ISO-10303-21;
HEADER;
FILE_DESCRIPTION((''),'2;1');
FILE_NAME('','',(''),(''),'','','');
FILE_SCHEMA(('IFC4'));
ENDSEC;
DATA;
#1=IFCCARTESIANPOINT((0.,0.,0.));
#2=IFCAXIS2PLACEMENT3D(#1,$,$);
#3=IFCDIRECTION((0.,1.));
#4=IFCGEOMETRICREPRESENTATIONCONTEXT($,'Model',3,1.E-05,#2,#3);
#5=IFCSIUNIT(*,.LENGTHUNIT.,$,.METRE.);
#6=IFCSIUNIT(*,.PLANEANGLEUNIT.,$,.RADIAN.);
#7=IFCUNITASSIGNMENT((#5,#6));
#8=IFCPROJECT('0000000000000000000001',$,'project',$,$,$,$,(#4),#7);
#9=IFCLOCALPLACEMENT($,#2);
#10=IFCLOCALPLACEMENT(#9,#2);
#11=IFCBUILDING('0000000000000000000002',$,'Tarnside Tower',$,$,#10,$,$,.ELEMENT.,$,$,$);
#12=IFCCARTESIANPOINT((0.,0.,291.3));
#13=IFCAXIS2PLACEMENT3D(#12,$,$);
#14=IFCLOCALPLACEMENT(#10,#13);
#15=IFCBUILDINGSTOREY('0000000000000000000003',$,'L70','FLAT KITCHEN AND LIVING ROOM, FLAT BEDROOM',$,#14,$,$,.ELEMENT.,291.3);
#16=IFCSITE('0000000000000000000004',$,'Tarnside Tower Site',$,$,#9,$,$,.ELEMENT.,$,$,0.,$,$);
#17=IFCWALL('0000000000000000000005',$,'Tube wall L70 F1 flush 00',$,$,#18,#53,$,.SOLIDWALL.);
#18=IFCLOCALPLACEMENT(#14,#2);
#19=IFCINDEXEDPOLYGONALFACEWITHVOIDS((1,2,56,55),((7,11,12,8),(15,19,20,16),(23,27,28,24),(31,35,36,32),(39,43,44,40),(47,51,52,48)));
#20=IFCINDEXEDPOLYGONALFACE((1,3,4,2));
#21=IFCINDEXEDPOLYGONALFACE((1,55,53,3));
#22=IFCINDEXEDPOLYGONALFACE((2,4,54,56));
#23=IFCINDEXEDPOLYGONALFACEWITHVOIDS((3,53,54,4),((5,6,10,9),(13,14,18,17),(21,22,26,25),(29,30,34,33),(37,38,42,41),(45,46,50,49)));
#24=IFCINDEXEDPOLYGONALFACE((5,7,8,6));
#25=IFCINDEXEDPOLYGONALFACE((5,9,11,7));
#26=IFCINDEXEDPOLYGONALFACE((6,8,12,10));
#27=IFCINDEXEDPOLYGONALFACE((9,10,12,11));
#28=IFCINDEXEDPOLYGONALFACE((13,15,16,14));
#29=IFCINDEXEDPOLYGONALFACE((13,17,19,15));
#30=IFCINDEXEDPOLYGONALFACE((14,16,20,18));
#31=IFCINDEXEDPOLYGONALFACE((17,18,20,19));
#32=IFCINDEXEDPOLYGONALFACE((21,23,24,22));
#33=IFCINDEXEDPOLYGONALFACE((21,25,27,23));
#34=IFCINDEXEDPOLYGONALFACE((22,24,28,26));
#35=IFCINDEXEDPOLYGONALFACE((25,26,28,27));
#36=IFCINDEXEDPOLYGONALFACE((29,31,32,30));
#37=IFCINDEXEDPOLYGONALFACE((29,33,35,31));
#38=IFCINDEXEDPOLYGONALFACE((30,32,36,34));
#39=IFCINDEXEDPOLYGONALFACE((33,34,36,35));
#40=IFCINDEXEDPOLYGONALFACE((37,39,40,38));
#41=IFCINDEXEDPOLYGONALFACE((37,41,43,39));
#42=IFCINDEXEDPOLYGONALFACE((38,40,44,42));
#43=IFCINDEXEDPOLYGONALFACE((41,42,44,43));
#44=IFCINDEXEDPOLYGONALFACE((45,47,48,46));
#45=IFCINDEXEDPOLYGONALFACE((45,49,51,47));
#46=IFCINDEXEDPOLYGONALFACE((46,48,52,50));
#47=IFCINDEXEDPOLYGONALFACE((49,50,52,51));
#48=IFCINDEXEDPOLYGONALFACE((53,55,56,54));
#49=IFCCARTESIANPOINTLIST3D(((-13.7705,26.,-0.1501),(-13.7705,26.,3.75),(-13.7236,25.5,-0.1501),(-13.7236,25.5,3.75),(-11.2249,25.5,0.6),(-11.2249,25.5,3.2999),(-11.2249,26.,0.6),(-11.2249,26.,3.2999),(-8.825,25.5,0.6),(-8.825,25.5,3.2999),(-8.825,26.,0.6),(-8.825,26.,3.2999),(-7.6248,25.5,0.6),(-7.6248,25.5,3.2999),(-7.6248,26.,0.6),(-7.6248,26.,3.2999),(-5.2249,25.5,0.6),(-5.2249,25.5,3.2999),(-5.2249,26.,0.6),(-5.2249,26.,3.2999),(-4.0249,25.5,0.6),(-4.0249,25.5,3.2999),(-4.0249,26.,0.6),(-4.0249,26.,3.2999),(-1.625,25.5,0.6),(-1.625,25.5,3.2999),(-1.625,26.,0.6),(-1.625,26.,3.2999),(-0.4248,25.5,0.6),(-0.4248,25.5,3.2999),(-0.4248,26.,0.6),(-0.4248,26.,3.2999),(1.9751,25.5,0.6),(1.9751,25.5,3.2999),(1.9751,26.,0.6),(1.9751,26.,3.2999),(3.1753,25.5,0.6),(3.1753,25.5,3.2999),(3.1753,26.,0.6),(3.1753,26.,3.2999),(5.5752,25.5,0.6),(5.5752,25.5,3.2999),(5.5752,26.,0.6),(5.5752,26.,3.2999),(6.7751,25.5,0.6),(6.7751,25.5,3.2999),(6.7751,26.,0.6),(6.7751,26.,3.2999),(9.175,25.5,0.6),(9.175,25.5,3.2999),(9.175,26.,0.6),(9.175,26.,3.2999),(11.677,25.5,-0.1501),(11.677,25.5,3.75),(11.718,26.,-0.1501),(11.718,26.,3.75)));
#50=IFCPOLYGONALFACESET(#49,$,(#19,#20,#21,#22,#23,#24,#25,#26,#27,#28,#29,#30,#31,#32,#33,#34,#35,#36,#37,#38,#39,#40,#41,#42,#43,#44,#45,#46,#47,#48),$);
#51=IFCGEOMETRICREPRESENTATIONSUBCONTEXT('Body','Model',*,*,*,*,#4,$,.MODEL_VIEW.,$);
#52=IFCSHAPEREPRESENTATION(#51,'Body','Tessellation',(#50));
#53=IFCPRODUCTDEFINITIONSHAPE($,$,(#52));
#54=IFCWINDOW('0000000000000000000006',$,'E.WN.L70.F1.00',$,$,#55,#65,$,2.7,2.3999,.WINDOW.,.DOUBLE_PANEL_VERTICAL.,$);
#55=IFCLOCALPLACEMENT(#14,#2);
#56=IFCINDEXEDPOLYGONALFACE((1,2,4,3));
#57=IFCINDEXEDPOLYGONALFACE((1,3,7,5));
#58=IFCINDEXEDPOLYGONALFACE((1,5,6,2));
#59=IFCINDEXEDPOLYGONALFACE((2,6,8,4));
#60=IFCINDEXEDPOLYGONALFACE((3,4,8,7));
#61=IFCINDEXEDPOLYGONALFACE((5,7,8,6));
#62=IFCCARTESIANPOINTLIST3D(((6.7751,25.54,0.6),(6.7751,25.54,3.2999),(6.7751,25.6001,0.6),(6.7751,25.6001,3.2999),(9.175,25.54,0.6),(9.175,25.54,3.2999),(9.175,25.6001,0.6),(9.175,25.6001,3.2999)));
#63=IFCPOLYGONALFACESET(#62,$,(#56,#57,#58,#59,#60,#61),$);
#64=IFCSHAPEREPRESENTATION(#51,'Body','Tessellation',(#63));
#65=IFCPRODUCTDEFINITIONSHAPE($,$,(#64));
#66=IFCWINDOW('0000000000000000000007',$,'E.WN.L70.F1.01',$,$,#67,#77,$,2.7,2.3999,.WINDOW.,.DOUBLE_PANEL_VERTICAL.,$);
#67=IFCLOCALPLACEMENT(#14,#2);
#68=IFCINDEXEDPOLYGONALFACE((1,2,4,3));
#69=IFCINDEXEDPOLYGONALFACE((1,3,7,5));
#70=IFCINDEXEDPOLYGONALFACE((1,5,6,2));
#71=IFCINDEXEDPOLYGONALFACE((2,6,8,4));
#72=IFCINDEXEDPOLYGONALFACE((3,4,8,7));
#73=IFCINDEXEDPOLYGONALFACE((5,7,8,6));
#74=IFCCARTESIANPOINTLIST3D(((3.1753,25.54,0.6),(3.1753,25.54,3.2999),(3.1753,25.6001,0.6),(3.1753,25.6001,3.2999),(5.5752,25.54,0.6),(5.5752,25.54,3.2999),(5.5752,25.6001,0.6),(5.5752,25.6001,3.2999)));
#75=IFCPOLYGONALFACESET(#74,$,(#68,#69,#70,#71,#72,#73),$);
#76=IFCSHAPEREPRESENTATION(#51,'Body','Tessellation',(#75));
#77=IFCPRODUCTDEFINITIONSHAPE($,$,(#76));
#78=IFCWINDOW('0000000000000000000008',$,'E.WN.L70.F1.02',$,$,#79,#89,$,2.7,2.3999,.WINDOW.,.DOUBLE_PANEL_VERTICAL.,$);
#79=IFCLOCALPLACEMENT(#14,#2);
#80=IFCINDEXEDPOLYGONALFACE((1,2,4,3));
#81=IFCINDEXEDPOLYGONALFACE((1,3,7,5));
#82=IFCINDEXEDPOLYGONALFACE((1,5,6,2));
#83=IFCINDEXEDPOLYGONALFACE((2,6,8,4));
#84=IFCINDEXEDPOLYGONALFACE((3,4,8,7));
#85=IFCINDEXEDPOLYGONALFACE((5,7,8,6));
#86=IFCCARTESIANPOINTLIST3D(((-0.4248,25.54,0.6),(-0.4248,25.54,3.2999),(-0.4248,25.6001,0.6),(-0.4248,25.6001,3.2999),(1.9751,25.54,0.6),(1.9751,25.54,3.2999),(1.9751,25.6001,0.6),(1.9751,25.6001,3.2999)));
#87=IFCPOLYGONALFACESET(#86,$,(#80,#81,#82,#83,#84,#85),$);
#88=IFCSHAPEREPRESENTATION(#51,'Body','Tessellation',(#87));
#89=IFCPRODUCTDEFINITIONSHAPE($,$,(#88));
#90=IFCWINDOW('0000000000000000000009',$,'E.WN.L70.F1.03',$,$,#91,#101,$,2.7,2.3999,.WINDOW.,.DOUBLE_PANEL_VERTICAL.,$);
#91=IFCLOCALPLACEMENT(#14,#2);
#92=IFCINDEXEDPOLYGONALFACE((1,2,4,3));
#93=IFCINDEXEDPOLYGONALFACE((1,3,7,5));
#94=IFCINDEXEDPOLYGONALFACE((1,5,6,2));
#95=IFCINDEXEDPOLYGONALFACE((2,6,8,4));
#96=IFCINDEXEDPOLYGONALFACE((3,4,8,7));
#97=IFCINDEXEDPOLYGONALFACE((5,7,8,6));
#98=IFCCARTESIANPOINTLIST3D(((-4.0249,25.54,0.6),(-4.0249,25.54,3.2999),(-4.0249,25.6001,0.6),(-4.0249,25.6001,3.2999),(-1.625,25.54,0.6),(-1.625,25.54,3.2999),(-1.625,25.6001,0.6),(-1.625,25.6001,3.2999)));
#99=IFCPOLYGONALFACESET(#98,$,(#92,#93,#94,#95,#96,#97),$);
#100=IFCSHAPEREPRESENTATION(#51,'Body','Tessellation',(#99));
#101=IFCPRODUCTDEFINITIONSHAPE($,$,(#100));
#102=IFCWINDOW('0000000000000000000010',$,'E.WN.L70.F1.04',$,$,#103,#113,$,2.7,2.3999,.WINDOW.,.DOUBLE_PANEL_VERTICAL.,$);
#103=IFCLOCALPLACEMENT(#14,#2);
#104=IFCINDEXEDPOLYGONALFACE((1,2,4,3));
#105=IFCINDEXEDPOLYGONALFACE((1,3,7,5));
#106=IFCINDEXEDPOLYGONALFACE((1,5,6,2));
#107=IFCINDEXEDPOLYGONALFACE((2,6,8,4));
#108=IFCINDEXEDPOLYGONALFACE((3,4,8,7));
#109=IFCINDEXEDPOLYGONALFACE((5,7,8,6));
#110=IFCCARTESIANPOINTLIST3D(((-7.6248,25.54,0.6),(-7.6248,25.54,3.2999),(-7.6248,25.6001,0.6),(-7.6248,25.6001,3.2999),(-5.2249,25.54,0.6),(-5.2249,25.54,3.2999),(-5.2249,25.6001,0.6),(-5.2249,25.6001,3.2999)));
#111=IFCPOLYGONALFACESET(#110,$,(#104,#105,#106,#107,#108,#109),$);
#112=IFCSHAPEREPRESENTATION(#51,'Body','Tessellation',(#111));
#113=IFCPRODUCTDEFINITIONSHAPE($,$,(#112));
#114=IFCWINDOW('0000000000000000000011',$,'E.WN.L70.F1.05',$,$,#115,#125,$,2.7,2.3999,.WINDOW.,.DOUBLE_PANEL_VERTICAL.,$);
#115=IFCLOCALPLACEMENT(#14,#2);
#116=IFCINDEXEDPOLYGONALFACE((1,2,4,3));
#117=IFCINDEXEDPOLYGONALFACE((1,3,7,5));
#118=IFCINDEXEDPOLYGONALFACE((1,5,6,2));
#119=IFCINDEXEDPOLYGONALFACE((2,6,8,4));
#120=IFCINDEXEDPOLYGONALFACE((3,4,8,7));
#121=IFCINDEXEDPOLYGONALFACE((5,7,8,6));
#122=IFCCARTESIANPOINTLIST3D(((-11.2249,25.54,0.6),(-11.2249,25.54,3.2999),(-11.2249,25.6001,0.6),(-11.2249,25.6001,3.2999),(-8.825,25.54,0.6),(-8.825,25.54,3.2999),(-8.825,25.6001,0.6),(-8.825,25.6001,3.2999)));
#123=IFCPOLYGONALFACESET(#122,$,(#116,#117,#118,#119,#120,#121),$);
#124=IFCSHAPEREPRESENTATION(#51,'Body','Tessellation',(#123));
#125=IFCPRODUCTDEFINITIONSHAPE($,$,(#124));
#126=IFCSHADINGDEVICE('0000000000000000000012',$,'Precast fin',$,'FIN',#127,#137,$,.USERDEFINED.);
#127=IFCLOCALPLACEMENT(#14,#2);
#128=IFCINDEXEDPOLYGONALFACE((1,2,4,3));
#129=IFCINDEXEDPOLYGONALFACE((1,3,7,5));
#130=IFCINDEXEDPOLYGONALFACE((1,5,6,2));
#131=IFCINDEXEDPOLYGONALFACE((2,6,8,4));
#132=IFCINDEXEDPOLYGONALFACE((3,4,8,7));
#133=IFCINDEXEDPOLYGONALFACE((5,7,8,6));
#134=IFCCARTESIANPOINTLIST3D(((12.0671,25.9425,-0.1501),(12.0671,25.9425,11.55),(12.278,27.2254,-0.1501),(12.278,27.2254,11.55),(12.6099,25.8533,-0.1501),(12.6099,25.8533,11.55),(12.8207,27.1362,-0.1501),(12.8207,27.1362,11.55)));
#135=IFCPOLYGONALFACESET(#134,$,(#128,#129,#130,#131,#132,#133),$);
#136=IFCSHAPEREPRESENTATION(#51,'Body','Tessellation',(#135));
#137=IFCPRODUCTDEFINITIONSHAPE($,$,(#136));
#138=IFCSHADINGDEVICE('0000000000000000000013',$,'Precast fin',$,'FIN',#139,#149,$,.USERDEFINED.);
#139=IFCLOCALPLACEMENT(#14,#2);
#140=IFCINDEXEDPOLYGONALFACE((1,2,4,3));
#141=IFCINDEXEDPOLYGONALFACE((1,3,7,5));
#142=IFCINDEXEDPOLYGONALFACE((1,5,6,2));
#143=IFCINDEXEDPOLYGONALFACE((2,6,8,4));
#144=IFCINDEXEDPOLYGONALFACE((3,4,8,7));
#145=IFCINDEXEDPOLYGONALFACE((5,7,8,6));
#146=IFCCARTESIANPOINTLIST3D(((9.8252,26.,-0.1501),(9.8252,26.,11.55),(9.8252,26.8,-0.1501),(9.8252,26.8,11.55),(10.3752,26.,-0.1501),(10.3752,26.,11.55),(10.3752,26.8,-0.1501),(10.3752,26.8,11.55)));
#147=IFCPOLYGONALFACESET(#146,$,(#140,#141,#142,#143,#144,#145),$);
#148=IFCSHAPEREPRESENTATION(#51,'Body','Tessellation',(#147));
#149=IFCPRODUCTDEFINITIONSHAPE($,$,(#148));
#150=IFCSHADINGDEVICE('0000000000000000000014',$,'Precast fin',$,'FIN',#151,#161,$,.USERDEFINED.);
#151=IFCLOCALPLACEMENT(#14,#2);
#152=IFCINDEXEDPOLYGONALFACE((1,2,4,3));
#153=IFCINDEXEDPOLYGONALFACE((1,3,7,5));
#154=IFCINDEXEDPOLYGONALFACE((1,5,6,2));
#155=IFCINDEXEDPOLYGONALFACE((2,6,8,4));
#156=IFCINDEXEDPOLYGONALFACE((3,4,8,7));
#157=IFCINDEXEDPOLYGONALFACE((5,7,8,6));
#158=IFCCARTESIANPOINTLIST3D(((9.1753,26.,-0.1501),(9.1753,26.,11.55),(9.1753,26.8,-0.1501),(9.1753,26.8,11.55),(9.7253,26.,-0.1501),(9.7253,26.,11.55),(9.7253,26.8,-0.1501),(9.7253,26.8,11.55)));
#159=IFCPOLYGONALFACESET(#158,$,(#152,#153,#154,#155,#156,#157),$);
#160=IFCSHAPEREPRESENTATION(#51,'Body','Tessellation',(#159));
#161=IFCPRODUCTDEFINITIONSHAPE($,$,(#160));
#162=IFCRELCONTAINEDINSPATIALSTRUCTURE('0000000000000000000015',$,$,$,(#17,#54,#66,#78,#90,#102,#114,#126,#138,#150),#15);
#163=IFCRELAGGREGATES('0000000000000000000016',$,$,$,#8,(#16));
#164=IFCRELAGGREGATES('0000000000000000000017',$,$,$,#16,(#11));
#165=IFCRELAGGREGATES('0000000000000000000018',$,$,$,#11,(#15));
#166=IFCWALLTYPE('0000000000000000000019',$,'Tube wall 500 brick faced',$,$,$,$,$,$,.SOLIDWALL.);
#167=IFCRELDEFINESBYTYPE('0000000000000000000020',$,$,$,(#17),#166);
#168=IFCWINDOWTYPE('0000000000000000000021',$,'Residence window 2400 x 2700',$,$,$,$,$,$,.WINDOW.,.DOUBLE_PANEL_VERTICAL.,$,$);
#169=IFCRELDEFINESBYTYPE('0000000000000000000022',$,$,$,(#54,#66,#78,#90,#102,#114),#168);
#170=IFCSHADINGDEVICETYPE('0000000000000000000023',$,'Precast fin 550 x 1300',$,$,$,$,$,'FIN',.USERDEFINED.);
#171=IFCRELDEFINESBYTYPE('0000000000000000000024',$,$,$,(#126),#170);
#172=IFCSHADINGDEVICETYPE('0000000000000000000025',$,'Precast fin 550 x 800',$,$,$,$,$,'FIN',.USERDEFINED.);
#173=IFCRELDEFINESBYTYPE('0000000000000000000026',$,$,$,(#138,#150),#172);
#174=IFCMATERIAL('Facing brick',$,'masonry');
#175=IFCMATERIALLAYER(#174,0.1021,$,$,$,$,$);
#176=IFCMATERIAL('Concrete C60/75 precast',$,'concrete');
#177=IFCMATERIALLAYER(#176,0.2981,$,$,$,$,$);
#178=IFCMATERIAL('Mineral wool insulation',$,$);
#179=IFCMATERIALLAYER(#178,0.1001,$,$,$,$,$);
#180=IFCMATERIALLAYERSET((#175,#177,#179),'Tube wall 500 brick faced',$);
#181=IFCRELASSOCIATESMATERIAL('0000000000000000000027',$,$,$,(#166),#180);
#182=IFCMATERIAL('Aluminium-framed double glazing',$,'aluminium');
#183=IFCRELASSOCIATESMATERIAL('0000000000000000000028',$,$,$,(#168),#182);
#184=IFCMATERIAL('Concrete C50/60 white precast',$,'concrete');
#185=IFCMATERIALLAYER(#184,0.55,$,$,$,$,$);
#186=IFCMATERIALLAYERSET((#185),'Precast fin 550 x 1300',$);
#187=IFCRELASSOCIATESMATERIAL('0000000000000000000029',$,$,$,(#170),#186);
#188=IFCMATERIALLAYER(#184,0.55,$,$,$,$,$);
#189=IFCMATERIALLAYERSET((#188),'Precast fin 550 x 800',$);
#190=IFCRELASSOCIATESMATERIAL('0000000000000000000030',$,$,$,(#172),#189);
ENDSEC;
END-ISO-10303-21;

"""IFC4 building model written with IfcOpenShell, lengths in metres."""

from ifc_helpers import new_model, si_unit, direction, frame, frame_2d, origin, place, context, subcontext, project, spatial, polyline, rectangle, outline, extrude, material, layer, layer_set, type_object, element, fill, save


model = new_model("IFC4")

# Units and contexts
model_context = context("Model", 3, precision=1e-05, world=origin(), true_north=direction((0.0, 1.0)))
body_context = subcontext(model_context, "Body", "Model", "MODEL_VIEW")
ifc_project = project(units=[si_unit("LENGTHUNIT", "METRE"), si_unit("PLANEANGLEUNIT", "RADIAN")], contexts=[model_context])

# Site, building, storey
site_placement = place(None, origin())
site = spatial("IfcSite", under=ifc_project, at=site_placement, Name="Tarnside Tower Site", CompositionType="ELEMENT", RefElevation=0.0)
building_placement = place(site_placement, origin())
building = spatial("IfcBuilding", under=site, at=building_placement, Name="Tarnside Tower", CompositionType="ELEMENT")
storey_placement = place(building_placement, frame((0.0, 0.0, 291.3)))
storey = spatial("IfcBuildingStorey", under=building, at=storey_placement, Name="L70", Description="FLAT KITCHEN AND LIVING ROOM, FLAT BEDROOM", CompositionType="ELEMENT", Elevation=291.3)

# Wall, openings, windows
ifc_material_1 = material(Name="Facing brick", Category="masonry")
ifc_layer_1 = layer(ifc_material_1, 0.1021)
ifc_material_2 = material(Name="Concrete C60/75 precast", Category="concrete")
ifc_layer_2 = layer(ifc_material_2, 0.2981)
ifc_material_3 = material(Name="Mineral wool insulation")
ifc_layer_3 = layer(ifc_material_3, 0.1001)
ifc_layer_set_1 = layer_set([ifc_layer_1, ifc_layer_2, ifc_layer_3], Name="Tube wall 500 brick faced")
wall_type_1 = type_object("IfcWallType", Name="Tube wall 500 brick faced", PredefinedType="SOLIDWALL", material=ifc_layer_set_1)
wall_1_placement = place(storey_placement, frame((11.6975, 25.75, -0.1501), z_axis=(0.0, 0.0, 1.0), x_axis=(-1.0, 0.0, 0.0)))
wall_1 = element("IfcWall", 1, at=wall_1_placement, inside=storey, type_object=wall_type_1, Name="Tube wall L70 F1 flush 00", PredefinedType="SOLIDWALL", context=body_context, shape_type="SweptSolid", body=[
    extrude(outline(polyline([(-0.0205, -0.25), (25.468, -0.25), (25.4211, 0.25), (0.0205, 0.25), (-0.0205, -0.25)])), origin(), (0.0, 0.0, 1.0), 3.9001),
])
opening_1_placement = place(wall_1_placement, frame((2.5225, 0.0, 0.75)))
opening_1 = element("IfcOpeningElement", 2, at=opening_1_placement, cuts=wall_1, PredefinedType="OPENING", context=body_context, shape_type="SweptSolid", body=[
    extrude(rectangle(XDim=2.3999, YDim=2.7, at=frame_2d((1.2, 1.3501))), frame((0.0, 0.26, 0.0), z_axis=(0.0, -1.0, 0.0), x_axis=(1.0, 0.0, 0.0)), (0.0, 0.0, 1.0), 0.52),
])
opening_2_placement = place(wall_1_placement, frame((6.1223, 0.0, 0.75)))
opening_2 = element("IfcOpeningElement", 3, at=opening_2_placement, cuts=wall_1, PredefinedType="OPENING", context=body_context, shape_type="SweptSolid", body=[
    extrude(rectangle(XDim=2.3999, YDim=2.7, at=frame_2d((1.2, 1.3501))), frame((0.0, 0.26, 0.0), z_axis=(0.0, -1.0, 0.0), x_axis=(1.0, 0.0, 0.0)), (0.0, 0.0, 1.0), 0.52),
])
opening_3_placement = place(wall_1_placement, frame((9.7224, 0.0, 0.75)))
opening_3 = element("IfcOpeningElement", 4, at=opening_3_placement, cuts=wall_1, PredefinedType="OPENING", context=body_context, shape_type="SweptSolid", body=[
    extrude(rectangle(XDim=2.3999, YDim=2.7, at=frame_2d((1.2, 1.3501))), frame((0.0, 0.26, 0.0), z_axis=(0.0, -1.0, 0.0), x_axis=(1.0, 0.0, 0.0)), (0.0, 0.0, 1.0), 0.52),
])
opening_4_placement = place(wall_1_placement, frame((13.3225, 0.0, 0.75)))
opening_4 = element("IfcOpeningElement", 5, at=opening_4_placement, cuts=wall_1, PredefinedType="OPENING", context=body_context, shape_type="SweptSolid", body=[
    extrude(rectangle(XDim=2.3999, YDim=2.7, at=frame_2d((1.2, 1.3501))), frame((0.0, 0.26, 0.0), z_axis=(0.0, -1.0, 0.0), x_axis=(1.0, 0.0, 0.0)), (0.0, 0.0, 1.0), 0.52),
])
opening_5_placement = place(wall_1_placement, frame((16.9224, 0.0, 0.75)))
opening_5 = element("IfcOpeningElement", 6, at=opening_5_placement, cuts=wall_1, PredefinedType="OPENING", context=body_context, shape_type="SweptSolid", body=[
    extrude(rectangle(XDim=2.3999, YDim=2.7, at=frame_2d((1.2, 1.3501))), frame((0.0, 0.26, 0.0), z_axis=(0.0, -1.0, 0.0), x_axis=(1.0, 0.0, 0.0)), (0.0, 0.0, 1.0), 0.52),
])
opening_6_placement = place(wall_1_placement, frame((20.5225, 0.0, 0.75)))
opening_6 = element("IfcOpeningElement", 7, at=opening_6_placement, cuts=wall_1, PredefinedType="OPENING", context=body_context, shape_type="SweptSolid", body=[
    extrude(rectangle(XDim=2.3999, YDim=2.7, at=frame_2d((1.2, 1.3501))), frame((0.0, 0.26, 0.0), z_axis=(0.0, -1.0, 0.0), x_axis=(1.0, 0.0, 0.0)), (0.0, 0.0, 1.0), 0.52),
])
ifc_material_4 = material(Name="Aluminium-framed double glazing", Category="aluminium")
window_type = type_object("IfcWindowType", Name="Residence window 2400 x 2700", PartitioningType="DOUBLE_PANEL_VERTICAL", PredefinedType="WINDOW", material=ifc_material_4)
window_1_placement = place(opening_1_placement, frame((0.0, 0.1799, 0.0)))
window_1 = element("IfcWindow", 8, at=window_1_placement, inside=storey, type_object=window_type, Name="E.WN.L70.F1.00", OverallHeight=2.7, OverallWidth=2.3999, PartitioningType="DOUBLE_PANEL_VERTICAL", PredefinedType="WINDOW", context=body_context, shape_type="SweptSolid", body=[
    extrude(rectangle(XDim=2.3999, YDim=2.7, at=frame_2d((1.2, 1.3501))), frame((0.0, 0.03, 0.0), z_axis=(0.0, -1.0, 0.0), x_axis=(1.0, 0.0, 0.0)), (0.0, 0.0, 1.0), 0.0601),
])
fill(opening_1, window_1)
window_2_placement = place(opening_2_placement, frame((0.0, 0.1799, 0.0)))
window_2 = element("IfcWindow", 9, at=window_2_placement, inside=storey, type_object=window_type, Name="E.WN.L70.F1.01", OverallHeight=2.7, OverallWidth=2.3999, PartitioningType="DOUBLE_PANEL_VERTICAL", PredefinedType="WINDOW", context=body_context, shape_type="SweptSolid", body=[
    extrude(rectangle(XDim=2.3999, YDim=2.7, at=frame_2d((1.2, 1.3501))), frame((0.0, 0.03, 0.0), z_axis=(0.0, -1.0, 0.0), x_axis=(1.0, 0.0, 0.0)), (0.0, 0.0, 1.0), 0.0601),
])
fill(opening_2, window_2)
window_3_placement = place(opening_3_placement, frame((0.0, 0.1799, 0.0)))
window_3 = element("IfcWindow", 10, at=window_3_placement, inside=storey, type_object=window_type, Name="E.WN.L70.F1.02", OverallHeight=2.7, OverallWidth=2.3999, PartitioningType="DOUBLE_PANEL_VERTICAL", PredefinedType="WINDOW", context=body_context, shape_type="SweptSolid", body=[
    extrude(rectangle(XDim=2.3999, YDim=2.7, at=frame_2d((1.2, 1.3501))), frame((0.0, 0.03, 0.0), z_axis=(0.0, -1.0, 0.0), x_axis=(1.0, 0.0, 0.0)), (0.0, 0.0, 1.0), 0.0601),
])
fill(opening_3, window_3)
window_4_placement = place(opening_4_placement, frame((0.0, 0.1799, 0.0)))
window_4 = element("IfcWindow", 11, at=window_4_placement, inside=storey, type_object=window_type, Name="E.WN.L70.F1.03", OverallHeight=2.7, OverallWidth=2.3999, PartitioningType="DOUBLE_PANEL_VERTICAL", PredefinedType="WINDOW", context=body_context, shape_type="SweptSolid", body=[
    extrude(rectangle(XDim=2.3999, YDim=2.7, at=frame_2d((1.2, 1.3501))), frame((0.0, 0.03, 0.0), z_axis=(0.0, -1.0, 0.0), x_axis=(1.0, 0.0, 0.0)), (0.0, 0.0, 1.0), 0.0601),
])
fill(opening_4, window_4)
window_5_placement = place(opening_5_placement, frame((0.0, 0.1799, 0.0)))
window_5 = element("IfcWindow", 12, at=window_5_placement, inside=storey, type_object=window_type, Name="E.WN.L70.F1.04", OverallHeight=2.7, OverallWidth=2.3999, PartitioningType="DOUBLE_PANEL_VERTICAL", PredefinedType="WINDOW", context=body_context, shape_type="SweptSolid", body=[
    extrude(rectangle(XDim=2.3999, YDim=2.7, at=frame_2d((1.2, 1.3501))), frame((0.0, 0.03, 0.0), z_axis=(0.0, -1.0, 0.0), x_axis=(1.0, 0.0, 0.0)), (0.0, 0.0, 1.0), 0.0601),
])
fill(opening_5, window_5)
window_6_placement = place(opening_6_placement, frame((0.0, 0.1799, 0.0)))
window_6 = element("IfcWindow", 13, at=window_6_placement, inside=storey, type_object=window_type, Name="E.WN.L70.F1.05", OverallHeight=2.7, OverallWidth=2.3999, PartitioningType="DOUBLE_PANEL_VERTICAL", PredefinedType="WINDOW", context=body_context, shape_type="SweptSolid", body=[
    extrude(rectangle(XDim=2.3999, YDim=2.7, at=frame_2d((1.2, 1.3501))), frame((0.0, 0.03, 0.0), z_axis=(0.0, -1.0, 0.0), x_axis=(1.0, 0.0, 0.0)), (0.0, 0.0, 1.0), 0.0601),
])
fill(opening_6, window_6)

# Shading devices
ifc_material_5 = material(Name="Concrete C50/60 white precast", Category="concrete")
ifc_layer_4 = layer(ifc_material_5, 0.55)
ifc_layer_set_2 = layer_set([ifc_layer_4], Name="Precast fin 550 x 1300")
shading_device_type_1 = type_object("IfcShadingDeviceType", Name="Precast fin 550 x 1300", ElementType="FIN", PredefinedType="USERDEFINED", material=ifc_layer_set_2)
shading_device_placement = place(storey_placement, frame((12.3384, 25.8979, -0.1501), z_axis=(0.986762, -0.162178, 0.0), x_axis=(0.162178, 0.986762, 0.0)))
element("IfcShadingDevice", 14, at=shading_device_placement, inside=storey, type_object=shading_device_type_1, Name="Precast fin", ObjectType="FIN", PredefinedType="USERDEFINED", context=body_context, shape_type="SweptSolid", body=[
    extrude(outline(polyline([(0.0, 0.0), (1.3, 0.0), (1.3, 11.7002), (0.0, 11.7002), (0.0, 0.0)])), frame((0.0, 0.0, -0.2749)), (0.0, 0.0, 1.0), 0.55),
])
ifc_layer_5 = layer(ifc_material_5, 0.55)
ifc_layer_set_3 = layer_set([ifc_layer_5], Name="Precast fin 550 x 800")
shading_device_type_2 = type_object("IfcShadingDeviceType", Name="Precast fin 550 x 800", ElementType="FIN", PredefinedType="USERDEFINED", material=ifc_layer_set_3)
for number, where, z_axis, x_axis, name in (
    (15, (10.1001, 26.0, -0.1501), (1.0, 0.0, 0.0), (0.0, 1.0, 0.0), "Precast fin"),
    (16, (9.4502, 26.0, -0.1501), (1.0, 0.0, 0.0), (0.0, 1.0, 0.0), "Precast fin"),
):
    element("IfcShadingDevice", number, at=place(storey_placement, frame(where, z_axis=z_axis, x_axis=x_axis)), inside=storey, type_object=shading_device_type_2, Name=name, ObjectType="FIN", PredefinedType="USERDEFINED", context=body_context, shape_type="SweptSolid", body=[
        extrude(outline(polyline([(0.0, 0.0), (0.8, 0.0), (0.8, 11.7002), (0.0, 11.7002), (0.0, 0.0)])), frame((0.0, 0.0, -0.2749)), (0.0, 0.0, 1.0), 0.55),
    ])

save(model, "model.ifc")
